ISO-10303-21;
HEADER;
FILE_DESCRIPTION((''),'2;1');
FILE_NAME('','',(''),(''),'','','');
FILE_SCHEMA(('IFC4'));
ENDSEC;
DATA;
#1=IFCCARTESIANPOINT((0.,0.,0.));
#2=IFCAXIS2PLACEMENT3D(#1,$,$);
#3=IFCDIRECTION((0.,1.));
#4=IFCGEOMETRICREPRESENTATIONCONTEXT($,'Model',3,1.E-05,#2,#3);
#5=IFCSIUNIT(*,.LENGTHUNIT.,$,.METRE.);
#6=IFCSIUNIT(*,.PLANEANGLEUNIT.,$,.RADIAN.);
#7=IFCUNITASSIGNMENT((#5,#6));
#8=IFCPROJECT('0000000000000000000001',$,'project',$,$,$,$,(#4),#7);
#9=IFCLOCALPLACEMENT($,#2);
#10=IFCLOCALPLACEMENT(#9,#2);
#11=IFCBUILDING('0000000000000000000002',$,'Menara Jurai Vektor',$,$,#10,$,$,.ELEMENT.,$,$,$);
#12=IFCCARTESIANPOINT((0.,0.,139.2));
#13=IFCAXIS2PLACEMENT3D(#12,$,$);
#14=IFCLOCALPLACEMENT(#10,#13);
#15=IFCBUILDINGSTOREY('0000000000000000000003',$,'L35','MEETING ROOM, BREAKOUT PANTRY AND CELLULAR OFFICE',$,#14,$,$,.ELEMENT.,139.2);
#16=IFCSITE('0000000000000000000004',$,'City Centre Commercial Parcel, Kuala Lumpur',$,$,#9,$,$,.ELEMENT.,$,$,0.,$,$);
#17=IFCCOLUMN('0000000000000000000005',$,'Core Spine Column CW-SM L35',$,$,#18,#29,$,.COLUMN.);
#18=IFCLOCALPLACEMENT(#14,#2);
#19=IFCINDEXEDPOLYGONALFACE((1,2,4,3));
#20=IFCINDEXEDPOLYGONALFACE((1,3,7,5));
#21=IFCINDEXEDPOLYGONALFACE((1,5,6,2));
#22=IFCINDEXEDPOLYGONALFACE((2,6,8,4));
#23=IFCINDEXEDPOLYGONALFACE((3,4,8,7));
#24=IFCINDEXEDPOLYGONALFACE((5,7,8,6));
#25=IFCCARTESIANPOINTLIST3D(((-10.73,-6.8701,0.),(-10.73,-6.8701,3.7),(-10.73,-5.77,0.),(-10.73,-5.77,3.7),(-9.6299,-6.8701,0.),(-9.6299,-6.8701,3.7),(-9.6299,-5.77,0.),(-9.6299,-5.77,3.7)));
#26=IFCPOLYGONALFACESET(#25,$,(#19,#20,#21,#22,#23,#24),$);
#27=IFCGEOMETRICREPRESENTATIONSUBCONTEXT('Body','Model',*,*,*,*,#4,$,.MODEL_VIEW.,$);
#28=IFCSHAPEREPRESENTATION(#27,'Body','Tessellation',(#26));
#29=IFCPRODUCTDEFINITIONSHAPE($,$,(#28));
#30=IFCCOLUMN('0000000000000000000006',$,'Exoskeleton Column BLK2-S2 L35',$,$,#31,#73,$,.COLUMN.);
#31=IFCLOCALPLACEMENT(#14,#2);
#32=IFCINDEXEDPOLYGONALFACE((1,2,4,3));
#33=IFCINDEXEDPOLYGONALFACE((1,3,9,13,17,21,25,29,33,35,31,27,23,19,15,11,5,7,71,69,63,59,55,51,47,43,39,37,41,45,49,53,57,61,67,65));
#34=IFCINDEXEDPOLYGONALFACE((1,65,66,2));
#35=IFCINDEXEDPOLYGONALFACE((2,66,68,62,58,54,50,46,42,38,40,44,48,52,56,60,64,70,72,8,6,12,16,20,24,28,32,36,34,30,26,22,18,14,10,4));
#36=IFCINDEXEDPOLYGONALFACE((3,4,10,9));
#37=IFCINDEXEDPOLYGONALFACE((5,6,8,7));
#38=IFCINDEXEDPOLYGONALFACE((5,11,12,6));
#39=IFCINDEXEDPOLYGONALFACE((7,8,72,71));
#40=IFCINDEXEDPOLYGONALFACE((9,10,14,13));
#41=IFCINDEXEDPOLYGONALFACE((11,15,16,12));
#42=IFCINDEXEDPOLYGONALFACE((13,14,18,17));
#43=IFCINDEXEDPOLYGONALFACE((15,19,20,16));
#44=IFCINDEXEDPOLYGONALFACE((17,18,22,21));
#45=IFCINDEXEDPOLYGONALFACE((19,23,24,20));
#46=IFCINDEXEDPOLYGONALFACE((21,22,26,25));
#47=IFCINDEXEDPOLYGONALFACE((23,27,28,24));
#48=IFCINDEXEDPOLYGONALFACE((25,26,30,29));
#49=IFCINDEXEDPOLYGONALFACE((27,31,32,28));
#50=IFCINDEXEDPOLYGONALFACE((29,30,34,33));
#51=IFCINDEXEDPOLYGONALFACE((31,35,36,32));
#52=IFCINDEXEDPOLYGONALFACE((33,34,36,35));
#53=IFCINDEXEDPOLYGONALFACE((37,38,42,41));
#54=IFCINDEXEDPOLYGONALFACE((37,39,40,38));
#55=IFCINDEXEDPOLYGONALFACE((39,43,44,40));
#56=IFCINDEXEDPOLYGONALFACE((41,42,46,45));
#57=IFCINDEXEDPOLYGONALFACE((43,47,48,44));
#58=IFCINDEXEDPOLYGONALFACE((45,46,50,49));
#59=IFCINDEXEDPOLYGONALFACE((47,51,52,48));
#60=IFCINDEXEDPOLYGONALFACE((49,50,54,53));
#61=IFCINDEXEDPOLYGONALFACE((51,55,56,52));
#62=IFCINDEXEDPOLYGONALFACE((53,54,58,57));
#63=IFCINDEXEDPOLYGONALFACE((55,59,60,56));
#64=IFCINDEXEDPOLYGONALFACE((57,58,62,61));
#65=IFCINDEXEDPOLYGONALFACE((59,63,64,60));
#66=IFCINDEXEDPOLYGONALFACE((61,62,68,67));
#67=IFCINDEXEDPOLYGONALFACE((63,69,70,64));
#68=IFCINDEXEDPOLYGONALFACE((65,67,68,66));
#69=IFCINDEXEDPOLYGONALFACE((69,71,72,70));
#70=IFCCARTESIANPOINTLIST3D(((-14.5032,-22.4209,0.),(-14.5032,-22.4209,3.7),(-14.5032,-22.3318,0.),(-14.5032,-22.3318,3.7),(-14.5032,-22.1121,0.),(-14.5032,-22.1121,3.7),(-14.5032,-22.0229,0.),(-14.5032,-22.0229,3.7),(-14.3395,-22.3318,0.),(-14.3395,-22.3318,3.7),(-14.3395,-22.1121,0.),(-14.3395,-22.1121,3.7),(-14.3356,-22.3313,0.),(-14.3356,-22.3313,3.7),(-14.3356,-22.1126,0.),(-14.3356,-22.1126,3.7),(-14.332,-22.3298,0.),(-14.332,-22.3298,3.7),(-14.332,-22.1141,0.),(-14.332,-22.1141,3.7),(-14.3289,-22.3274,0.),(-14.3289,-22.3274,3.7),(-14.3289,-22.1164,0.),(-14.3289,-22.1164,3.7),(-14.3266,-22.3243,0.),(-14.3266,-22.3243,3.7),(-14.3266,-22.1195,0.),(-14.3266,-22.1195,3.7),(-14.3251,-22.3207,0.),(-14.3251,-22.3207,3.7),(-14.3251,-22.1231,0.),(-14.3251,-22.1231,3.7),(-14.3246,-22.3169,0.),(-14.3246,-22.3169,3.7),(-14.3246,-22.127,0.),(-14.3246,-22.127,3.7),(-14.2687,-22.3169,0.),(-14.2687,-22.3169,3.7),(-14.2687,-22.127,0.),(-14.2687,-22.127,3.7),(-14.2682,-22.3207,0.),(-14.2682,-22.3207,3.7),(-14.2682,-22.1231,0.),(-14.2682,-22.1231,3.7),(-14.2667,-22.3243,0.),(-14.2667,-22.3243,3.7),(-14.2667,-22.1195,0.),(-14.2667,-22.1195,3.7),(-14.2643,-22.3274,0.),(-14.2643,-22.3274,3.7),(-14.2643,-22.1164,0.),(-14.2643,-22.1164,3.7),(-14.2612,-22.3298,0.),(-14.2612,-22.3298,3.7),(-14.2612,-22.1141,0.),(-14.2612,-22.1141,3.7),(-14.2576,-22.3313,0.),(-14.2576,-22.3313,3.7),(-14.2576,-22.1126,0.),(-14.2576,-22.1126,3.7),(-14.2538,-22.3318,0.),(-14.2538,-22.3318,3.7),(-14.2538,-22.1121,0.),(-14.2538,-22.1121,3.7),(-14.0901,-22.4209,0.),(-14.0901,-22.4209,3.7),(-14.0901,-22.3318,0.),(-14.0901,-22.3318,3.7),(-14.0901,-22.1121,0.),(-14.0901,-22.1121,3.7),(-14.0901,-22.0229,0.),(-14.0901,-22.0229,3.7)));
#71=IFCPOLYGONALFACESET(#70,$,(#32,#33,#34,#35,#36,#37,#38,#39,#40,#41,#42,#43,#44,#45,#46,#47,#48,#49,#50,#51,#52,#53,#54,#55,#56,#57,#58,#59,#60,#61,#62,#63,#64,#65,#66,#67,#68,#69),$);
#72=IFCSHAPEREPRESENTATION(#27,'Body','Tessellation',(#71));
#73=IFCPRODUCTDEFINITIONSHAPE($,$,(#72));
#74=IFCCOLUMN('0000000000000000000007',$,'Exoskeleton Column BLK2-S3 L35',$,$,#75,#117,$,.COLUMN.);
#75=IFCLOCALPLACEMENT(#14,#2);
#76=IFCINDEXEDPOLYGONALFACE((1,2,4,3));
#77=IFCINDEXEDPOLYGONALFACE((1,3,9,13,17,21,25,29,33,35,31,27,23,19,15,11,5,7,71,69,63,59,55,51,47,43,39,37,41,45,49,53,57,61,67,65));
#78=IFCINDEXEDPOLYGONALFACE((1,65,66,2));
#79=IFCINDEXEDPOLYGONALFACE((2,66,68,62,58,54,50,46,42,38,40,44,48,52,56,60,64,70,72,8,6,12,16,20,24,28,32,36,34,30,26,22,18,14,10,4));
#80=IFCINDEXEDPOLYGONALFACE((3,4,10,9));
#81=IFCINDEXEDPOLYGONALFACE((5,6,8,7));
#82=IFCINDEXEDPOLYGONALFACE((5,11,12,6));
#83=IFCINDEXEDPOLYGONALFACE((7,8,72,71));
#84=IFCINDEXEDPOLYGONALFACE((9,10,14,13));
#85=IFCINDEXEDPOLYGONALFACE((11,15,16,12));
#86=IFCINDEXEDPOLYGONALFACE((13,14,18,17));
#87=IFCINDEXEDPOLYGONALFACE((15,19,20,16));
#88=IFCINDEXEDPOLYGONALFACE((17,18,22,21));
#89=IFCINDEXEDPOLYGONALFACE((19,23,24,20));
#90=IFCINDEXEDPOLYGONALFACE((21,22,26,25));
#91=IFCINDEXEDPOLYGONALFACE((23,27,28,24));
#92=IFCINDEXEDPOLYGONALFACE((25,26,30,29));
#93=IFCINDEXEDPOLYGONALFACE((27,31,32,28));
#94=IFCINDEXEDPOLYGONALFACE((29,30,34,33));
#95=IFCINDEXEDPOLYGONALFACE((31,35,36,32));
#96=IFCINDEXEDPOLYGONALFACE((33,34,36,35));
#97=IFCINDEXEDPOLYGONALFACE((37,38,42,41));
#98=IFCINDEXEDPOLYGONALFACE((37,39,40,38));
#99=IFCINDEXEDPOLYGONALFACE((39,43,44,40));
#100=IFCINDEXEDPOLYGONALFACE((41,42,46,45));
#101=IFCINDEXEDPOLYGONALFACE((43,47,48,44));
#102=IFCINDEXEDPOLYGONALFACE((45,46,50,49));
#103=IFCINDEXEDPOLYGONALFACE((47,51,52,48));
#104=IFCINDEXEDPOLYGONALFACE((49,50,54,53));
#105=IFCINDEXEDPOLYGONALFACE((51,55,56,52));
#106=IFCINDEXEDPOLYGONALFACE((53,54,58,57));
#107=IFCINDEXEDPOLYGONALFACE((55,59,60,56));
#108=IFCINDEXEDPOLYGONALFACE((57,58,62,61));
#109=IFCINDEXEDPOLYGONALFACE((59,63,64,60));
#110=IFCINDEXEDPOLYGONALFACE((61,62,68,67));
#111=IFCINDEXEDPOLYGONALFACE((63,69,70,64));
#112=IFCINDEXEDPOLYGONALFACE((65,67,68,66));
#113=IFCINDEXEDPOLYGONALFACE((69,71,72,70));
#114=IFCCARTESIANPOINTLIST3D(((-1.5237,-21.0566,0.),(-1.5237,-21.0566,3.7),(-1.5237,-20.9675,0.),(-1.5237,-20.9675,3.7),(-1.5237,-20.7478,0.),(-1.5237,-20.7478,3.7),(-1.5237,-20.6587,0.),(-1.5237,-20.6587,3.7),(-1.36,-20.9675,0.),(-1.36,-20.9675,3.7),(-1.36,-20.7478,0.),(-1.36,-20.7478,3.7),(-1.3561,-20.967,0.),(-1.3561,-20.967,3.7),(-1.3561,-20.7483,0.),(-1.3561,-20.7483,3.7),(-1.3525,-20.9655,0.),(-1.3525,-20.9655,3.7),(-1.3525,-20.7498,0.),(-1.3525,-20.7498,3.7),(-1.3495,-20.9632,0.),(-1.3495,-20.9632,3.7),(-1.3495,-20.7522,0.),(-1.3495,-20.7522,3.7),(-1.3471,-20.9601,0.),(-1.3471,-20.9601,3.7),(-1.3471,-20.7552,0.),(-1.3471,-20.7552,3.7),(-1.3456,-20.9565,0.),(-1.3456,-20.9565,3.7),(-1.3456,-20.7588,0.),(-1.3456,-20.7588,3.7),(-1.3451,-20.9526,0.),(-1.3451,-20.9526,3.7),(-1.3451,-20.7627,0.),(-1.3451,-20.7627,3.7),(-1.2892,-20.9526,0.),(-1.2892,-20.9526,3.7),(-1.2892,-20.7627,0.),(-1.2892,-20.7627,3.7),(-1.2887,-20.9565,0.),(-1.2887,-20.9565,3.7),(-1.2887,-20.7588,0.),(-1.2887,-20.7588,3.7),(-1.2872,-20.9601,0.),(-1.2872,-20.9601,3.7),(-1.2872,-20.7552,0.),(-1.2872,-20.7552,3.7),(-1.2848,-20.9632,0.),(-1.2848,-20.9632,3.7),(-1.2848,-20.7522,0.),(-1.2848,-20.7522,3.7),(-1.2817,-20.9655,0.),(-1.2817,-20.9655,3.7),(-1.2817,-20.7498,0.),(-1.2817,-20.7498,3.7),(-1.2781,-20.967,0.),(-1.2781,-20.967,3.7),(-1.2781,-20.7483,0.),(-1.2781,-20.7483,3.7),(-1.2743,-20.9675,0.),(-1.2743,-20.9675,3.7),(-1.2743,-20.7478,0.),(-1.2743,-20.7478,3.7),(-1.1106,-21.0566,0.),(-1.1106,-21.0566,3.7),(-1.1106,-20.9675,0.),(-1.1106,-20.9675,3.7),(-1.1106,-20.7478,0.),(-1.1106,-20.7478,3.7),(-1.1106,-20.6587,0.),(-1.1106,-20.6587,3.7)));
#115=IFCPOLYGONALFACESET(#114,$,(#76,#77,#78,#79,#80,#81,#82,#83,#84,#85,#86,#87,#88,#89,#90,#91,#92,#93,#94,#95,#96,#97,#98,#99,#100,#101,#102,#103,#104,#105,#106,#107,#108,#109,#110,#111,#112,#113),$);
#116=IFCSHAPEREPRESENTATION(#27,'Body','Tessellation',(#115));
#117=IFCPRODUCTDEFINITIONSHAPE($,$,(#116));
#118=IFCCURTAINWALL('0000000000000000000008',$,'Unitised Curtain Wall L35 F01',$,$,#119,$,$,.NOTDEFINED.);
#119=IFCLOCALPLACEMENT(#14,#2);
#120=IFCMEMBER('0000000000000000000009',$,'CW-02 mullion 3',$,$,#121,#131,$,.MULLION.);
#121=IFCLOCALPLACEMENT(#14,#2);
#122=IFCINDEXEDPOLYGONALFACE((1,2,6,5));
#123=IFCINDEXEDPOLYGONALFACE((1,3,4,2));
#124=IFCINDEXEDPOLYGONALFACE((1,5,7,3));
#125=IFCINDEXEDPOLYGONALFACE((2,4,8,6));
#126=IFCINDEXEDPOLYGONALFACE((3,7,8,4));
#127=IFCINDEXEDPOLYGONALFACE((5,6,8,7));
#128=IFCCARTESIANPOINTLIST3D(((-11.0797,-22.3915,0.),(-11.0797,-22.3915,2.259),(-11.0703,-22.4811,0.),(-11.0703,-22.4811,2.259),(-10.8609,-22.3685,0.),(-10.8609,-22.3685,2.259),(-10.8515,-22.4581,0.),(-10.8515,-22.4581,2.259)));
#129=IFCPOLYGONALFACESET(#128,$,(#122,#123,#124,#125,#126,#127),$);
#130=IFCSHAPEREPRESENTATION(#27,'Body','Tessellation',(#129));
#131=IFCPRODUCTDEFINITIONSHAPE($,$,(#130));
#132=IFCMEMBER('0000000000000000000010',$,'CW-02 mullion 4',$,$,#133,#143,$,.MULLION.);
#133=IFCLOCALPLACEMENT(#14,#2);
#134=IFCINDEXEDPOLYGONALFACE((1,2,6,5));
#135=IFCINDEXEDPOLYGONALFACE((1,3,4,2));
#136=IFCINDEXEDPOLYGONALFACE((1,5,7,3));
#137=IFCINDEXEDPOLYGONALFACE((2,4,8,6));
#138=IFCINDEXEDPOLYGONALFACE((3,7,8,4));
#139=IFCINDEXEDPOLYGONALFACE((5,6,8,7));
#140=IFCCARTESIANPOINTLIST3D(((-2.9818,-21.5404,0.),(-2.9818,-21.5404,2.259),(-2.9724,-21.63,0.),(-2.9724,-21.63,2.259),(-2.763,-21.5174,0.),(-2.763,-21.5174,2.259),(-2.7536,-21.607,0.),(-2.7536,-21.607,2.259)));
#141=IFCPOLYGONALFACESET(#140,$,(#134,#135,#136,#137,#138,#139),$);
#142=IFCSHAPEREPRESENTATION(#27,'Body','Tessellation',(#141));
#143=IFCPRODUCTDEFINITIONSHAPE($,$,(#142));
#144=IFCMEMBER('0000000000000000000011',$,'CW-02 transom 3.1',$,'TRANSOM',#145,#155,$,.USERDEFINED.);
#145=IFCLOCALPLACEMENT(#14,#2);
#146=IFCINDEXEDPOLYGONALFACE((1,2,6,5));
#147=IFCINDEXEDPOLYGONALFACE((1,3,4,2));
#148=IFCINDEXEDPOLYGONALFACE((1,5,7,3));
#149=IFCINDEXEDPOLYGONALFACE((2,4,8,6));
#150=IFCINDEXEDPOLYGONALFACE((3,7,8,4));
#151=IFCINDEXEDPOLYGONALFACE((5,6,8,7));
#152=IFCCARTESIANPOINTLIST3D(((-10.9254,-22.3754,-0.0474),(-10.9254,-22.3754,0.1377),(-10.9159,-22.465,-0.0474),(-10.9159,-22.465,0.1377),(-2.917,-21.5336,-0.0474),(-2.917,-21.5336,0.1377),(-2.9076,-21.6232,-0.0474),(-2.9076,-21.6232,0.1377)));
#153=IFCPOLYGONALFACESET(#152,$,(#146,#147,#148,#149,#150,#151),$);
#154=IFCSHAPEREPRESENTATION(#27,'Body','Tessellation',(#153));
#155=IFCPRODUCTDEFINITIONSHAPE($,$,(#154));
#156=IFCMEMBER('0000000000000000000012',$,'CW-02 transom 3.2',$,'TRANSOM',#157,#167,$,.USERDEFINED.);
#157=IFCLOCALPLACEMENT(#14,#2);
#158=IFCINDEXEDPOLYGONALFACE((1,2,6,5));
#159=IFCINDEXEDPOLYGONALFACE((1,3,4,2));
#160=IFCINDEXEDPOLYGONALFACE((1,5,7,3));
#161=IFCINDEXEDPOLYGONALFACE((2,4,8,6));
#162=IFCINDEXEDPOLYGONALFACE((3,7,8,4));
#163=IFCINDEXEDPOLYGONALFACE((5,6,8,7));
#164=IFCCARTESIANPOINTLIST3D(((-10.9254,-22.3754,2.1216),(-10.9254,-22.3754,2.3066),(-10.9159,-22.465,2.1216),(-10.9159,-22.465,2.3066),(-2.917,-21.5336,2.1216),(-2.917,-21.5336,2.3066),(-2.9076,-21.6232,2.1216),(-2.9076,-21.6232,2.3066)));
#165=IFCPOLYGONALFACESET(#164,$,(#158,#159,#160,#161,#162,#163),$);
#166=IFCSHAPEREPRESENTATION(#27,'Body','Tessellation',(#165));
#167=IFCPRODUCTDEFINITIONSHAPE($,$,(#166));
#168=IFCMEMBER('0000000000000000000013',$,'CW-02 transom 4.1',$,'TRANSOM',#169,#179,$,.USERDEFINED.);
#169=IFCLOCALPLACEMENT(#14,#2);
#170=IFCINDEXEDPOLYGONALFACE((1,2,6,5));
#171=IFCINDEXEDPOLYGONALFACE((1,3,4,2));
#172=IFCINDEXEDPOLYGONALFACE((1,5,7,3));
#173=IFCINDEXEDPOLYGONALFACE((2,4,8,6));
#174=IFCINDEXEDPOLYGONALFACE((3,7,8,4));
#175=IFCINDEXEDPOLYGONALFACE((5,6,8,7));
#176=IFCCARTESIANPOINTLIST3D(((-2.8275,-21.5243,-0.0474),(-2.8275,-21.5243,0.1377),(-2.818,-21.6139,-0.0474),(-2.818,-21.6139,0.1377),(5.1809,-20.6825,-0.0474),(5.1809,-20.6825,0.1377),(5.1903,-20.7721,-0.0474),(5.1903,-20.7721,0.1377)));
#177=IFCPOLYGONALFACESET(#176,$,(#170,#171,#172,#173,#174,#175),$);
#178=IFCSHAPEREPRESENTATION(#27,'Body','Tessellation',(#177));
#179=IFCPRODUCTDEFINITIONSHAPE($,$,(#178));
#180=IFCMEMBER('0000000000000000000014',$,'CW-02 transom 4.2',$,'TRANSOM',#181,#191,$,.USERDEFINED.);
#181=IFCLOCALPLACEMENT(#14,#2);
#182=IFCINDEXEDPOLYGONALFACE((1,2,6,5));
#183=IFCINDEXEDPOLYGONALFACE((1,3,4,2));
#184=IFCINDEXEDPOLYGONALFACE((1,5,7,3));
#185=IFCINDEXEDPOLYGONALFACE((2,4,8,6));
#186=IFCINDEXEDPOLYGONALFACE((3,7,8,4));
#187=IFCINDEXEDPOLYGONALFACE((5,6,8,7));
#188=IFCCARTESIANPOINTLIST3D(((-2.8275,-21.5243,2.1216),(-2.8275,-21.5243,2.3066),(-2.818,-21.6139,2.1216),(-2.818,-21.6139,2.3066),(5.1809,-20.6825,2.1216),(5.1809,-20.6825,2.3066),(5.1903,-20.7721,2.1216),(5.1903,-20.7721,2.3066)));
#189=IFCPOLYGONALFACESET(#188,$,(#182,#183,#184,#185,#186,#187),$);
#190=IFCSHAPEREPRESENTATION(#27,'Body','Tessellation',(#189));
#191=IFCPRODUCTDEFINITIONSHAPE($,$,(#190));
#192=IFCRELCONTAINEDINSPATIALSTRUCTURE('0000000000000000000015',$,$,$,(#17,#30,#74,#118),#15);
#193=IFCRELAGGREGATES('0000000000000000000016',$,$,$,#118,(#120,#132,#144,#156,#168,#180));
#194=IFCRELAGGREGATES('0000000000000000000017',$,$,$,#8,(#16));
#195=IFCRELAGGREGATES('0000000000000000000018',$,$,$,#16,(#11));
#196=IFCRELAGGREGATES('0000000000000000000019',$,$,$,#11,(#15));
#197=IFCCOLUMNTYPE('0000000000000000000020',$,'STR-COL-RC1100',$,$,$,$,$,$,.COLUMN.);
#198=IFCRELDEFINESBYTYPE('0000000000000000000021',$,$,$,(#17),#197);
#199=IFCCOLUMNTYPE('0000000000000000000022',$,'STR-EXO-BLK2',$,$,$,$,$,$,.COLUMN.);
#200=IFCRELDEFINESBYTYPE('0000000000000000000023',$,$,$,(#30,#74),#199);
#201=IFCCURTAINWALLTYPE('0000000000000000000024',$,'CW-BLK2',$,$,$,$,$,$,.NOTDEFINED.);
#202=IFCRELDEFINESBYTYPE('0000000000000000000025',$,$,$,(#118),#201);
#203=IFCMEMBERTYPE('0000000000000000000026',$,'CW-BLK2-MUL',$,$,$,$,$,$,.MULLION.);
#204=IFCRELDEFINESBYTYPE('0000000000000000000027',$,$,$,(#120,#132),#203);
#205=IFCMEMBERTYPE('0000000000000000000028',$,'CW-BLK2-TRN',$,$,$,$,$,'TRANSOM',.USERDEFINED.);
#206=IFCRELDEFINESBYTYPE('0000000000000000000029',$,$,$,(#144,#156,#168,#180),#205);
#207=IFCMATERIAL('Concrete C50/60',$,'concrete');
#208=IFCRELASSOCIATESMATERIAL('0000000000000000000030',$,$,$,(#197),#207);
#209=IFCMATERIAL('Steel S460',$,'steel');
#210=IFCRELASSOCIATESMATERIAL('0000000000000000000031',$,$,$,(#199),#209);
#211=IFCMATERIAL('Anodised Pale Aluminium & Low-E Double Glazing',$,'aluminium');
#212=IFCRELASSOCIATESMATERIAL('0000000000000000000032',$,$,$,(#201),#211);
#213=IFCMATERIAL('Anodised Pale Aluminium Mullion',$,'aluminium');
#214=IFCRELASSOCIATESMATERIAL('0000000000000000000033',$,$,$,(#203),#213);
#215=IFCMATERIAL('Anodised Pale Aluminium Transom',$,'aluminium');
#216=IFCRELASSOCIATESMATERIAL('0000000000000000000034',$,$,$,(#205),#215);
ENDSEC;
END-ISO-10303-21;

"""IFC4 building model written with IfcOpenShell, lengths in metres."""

from ifc_helpers import new_model, si_unit, direction, frame, origin, origin_2d, place, context, subcontext, project, spatial, rectangle, i_section, extrude, material, material_profile, profile_set, type_object, element, aggregate, save


model = new_model("IFC4")

# Units and contexts
model_context = context("Model", 3, precision=1e-05, world=origin(), true_north=direction((0.0, 1.0)))
body_context = subcontext(model_context, "Body", "Model", "MODEL_VIEW")
ifc_project = project(units=[si_unit("LENGTHUNIT", "METRE"), si_unit("PLANEANGLEUNIT", "RADIAN")], contexts=[model_context])

# Site, building, storey
site_placement = place(None, origin())
site = spatial("IfcSite", under=ifc_project, at=site_placement, Name="City Centre Commercial Parcel, Kuala Lumpur", CompositionType="ELEMENT", RefElevation=0.0)
building_placement = place(site_placement, origin())
building = spatial("IfcBuilding", under=site, at=building_placement, Name="Menara Jurai Vektor", CompositionType="ELEMENT")
storey_placement = place(building_placement, frame((0.0, 0.0, 139.2)))
storey = spatial("IfcBuildingStorey", under=building, at=storey_placement, Name="L35", Description="MEETING ROOM, BREAKOUT PANTRY AND CELLULAR OFFICE", CompositionType="ELEMENT", Elevation=139.2)

# Columns
ifc_material_1 = material(Name="Concrete C50/60", Category="concrete")
ifc_material_profile_1 = material_profile(ifc_material_1, rectangle(XDim=1.1001, YDim=1.1001, at=origin_2d()), Name="RC 1100x1100")
ifc_profile_set_1 = profile_set([ifc_material_profile_1], Name="Concrete C50/60")
column_type_1 = type_object("IfcColumnType", Name="STR-COL-RC1100", PredefinedType="COLUMN", material=ifc_profile_set_1)
column_placement = place(storey_placement, frame((-10.1799, -6.3201, 0.0), z_axis=(0.0, 0.0, 1.0), x_axis=(1.0, 0.0, 0.0)))
element("IfcColumn", 1, at=column_placement, inside=storey, type_object=column_type_1, Name="Core Spine Column CW-SM L35", PredefinedType="COLUMN", context=body_context, shape_type="SweptSolid", body=[
    extrude(rectangle(XDim=1.1001, YDim=1.1001, at=origin_2d()), origin(), (0.0, 0.0, 1.0), 3.7),
])
ifc_material_2 = material(Name="Steel S460", Category="steel")
ifc_material_profile_2 = material_profile(ifc_material_2, i_section(OverallWidth=0.4131, OverallDepth=0.3979, WebThickness=0.0559, FlangeThickness=0.0891, FilletRadius=0.0149, at=origin_2d()), Name="HD 400x744")
ifc_profile_set_2 = profile_set([ifc_material_profile_2], Name="Steel S460")
column_type_2 = type_object("IfcColumnType", Name="STR-EXO-BLK2", PredefinedType="COLUMN", material=ifc_profile_set_2)
for number, where, z_axis, x_axis, name in (
    (2, (-14.2966, -22.2219, 0.0), (0.0, 0.0, 1.0), (1.0, 0.0, 0.0), "Exoskeleton Column BLK2-S2 L35"),
    (3, (-1.3171, -20.8577, 0.0), (0.0, 0.0, 1.0), (1.0, 0.0, 0.0), "Exoskeleton Column BLK2-S3 L35"),
):
    element("IfcColumn", number, at=place(storey_placement, frame(where, z_axis=z_axis, x_axis=x_axis)), inside=storey, type_object=column_type_2, Name=name, PredefinedType="COLUMN", context=body_context, shape_type="SweptSolid", body=[
        extrude(i_section(OverallWidth=0.4131, OverallDepth=0.3979, WebThickness=0.0559, FlangeThickness=0.0891, FilletRadius=0.0149, at=origin_2d()), origin(), (0.0, 0.0, 1.0), 3.7),
    ])

# Curtain wall, members
ifc_material_3 = material(Name="Anodised Pale Aluminium & Low-E Double Glazing", Category="aluminium")
curtain_wall_type = type_object("IfcCurtainWallType", Name="CW-BLK2", PredefinedType="NOTDEFINED", material=ifc_material_3)
curtain_wall_placement = place(storey_placement, origin())
curtain_wall = element("IfcCurtainWall", 4, at=curtain_wall_placement, inside=storey, type_object=curtain_wall_type, Name="Unitised Curtain Wall L35 F01", PredefinedType="NOTDEFINED")
ifc_material_4 = material(Name="Anodised Pale Aluminium Mullion", Category="aluminium")
ifc_material_profile_3 = material_profile(ifc_material_4, rectangle(XDim=0.0901, YDim=0.22, at=origin_2d()), Name="ALU MUL 90x220")
ifc_profile_set_3 = profile_set([ifc_material_profile_3], Name="Anodised Pale Aluminium Mullion")
member_type_1 = type_object("IfcMemberType", Name="CW-BLK2-MUL", PredefinedType="MULLION", material=ifc_profile_set_3)
member_1_placement = place(storey_placement, frame((-10.9656, -22.4248, 0.0), z_axis=(0.0, 0.0, 1.0), x_axis=(-0.104529, 0.994522, 0.0)))
member_1 = element("IfcMember", 5, at=member_1_placement, type_object=member_type_1, Name="CW-02 mullion 3", PredefinedType="MULLION", context=body_context, shape_type="SweptSolid", body=[
    extrude(rectangle(XDim=0.0901, YDim=0.22, at=origin_2d()), origin(), (0.0, 0.0, 1.0), 2.259),
])
member_2_placement = place(storey_placement, frame((-2.8677, -21.5737, 0.0), z_axis=(0.0, 0.0, 1.0), x_axis=(-0.104529, 0.994522, 0.0)))
member_2 = element("IfcMember", 6, at=member_2_placement, type_object=member_type_1, Name="CW-02 mullion 4", PredefinedType="MULLION", context=body_context, shape_type="SweptSolid", body=[
    extrude(rectangle(XDim=0.0901, YDim=0.22, at=origin_2d()), origin(), (0.0, 0.0, 1.0), 2.259),
])
ifc_material_5 = material(Name="Anodised Pale Aluminium Transom", Category="aluminium")
ifc_material_profile_4 = material_profile(ifc_material_5, rectangle(XDim=0.0901, YDim=0.1851, at=origin_2d()), Name="ALU TRN 90x185")
ifc_profile_set_4 = profile_set([ifc_material_profile_4], Name="Anodised Pale Aluminium Transom")
member_type_2 = type_object("IfcMemberType", Name="CW-BLK2-TRN", ElementType="TRANSOM", PredefinedType="USERDEFINED", material=ifc_profile_set_4)
member_3_placement = place(storey_placement, frame((-10.9207, -22.4202, 0.0452), z_axis=(0.994521, 0.10454, 0.0), x_axis=(-0.10454, 0.994521, 0.0)))
member_3 = element("IfcMember", 7, at=member_3_placement, type_object=member_type_2, Name="CW-02 transom 3.1", ObjectType="TRANSOM", PredefinedType="USERDEFINED", context=body_context, shape_type="SweptSolid", body=[
    extrude(rectangle(XDim=0.0901, YDim=0.1851, at=origin_2d()), origin(), (0.0, 0.0, 1.0), 8.0525),
])
member_4_placement = place(storey_placement, frame((-10.9207, -22.4202, 2.2141), z_axis=(0.994521, 0.10454, 0.0), x_axis=(-0.10454, 0.994521, 0.0)))
member_4 = element("IfcMember", 8, at=member_4_placement, type_object=member_type_2, Name="CW-02 transom 3.2", ObjectType="TRANSOM", PredefinedType="USERDEFINED", context=body_context, shape_type="SweptSolid", body=[
    extrude(rectangle(XDim=0.0901, YDim=0.1851, at=origin_2d()), origin(), (0.0, 0.0, 1.0), 8.0525),
])
member_5_placement = place(storey_placement, frame((-2.8228, -21.5691, 0.0452), z_axis=(0.994521, 0.10454, 0.0), x_axis=(-0.10454, 0.994521, 0.0)))
member_5 = element("IfcMember", 9, at=member_5_placement, type_object=member_type_2, Name="CW-02 transom 4.1", ObjectType="TRANSOM", PredefinedType="USERDEFINED", context=body_context, shape_type="SweptSolid", body=[
    extrude(rectangle(XDim=0.0901, YDim=0.1851, at=origin_2d()), origin(), (0.0, 0.0, 1.0), 8.0525),
])
member_6_placement = place(storey_placement, frame((-2.8228, -21.5691, 2.2141), z_axis=(0.994521, 0.10454, 0.0), x_axis=(-0.10454, 0.994521, 0.0)))
member_6 = element("IfcMember", 10, at=member_6_placement, type_object=member_type_2, Name="CW-02 transom 4.2", ObjectType="TRANSOM", PredefinedType="USERDEFINED", context=body_context, shape_type="SweptSolid", body=[
    extrude(rectangle(XDim=0.0901, YDim=0.1851, at=origin_2d()), origin(), (0.0, 0.0, 1.0), 8.0525),
])

aggregate(curtain_wall, [member_1, member_2, member_3, member_4, member_5, member_6])

save(model, "model.ifc")
